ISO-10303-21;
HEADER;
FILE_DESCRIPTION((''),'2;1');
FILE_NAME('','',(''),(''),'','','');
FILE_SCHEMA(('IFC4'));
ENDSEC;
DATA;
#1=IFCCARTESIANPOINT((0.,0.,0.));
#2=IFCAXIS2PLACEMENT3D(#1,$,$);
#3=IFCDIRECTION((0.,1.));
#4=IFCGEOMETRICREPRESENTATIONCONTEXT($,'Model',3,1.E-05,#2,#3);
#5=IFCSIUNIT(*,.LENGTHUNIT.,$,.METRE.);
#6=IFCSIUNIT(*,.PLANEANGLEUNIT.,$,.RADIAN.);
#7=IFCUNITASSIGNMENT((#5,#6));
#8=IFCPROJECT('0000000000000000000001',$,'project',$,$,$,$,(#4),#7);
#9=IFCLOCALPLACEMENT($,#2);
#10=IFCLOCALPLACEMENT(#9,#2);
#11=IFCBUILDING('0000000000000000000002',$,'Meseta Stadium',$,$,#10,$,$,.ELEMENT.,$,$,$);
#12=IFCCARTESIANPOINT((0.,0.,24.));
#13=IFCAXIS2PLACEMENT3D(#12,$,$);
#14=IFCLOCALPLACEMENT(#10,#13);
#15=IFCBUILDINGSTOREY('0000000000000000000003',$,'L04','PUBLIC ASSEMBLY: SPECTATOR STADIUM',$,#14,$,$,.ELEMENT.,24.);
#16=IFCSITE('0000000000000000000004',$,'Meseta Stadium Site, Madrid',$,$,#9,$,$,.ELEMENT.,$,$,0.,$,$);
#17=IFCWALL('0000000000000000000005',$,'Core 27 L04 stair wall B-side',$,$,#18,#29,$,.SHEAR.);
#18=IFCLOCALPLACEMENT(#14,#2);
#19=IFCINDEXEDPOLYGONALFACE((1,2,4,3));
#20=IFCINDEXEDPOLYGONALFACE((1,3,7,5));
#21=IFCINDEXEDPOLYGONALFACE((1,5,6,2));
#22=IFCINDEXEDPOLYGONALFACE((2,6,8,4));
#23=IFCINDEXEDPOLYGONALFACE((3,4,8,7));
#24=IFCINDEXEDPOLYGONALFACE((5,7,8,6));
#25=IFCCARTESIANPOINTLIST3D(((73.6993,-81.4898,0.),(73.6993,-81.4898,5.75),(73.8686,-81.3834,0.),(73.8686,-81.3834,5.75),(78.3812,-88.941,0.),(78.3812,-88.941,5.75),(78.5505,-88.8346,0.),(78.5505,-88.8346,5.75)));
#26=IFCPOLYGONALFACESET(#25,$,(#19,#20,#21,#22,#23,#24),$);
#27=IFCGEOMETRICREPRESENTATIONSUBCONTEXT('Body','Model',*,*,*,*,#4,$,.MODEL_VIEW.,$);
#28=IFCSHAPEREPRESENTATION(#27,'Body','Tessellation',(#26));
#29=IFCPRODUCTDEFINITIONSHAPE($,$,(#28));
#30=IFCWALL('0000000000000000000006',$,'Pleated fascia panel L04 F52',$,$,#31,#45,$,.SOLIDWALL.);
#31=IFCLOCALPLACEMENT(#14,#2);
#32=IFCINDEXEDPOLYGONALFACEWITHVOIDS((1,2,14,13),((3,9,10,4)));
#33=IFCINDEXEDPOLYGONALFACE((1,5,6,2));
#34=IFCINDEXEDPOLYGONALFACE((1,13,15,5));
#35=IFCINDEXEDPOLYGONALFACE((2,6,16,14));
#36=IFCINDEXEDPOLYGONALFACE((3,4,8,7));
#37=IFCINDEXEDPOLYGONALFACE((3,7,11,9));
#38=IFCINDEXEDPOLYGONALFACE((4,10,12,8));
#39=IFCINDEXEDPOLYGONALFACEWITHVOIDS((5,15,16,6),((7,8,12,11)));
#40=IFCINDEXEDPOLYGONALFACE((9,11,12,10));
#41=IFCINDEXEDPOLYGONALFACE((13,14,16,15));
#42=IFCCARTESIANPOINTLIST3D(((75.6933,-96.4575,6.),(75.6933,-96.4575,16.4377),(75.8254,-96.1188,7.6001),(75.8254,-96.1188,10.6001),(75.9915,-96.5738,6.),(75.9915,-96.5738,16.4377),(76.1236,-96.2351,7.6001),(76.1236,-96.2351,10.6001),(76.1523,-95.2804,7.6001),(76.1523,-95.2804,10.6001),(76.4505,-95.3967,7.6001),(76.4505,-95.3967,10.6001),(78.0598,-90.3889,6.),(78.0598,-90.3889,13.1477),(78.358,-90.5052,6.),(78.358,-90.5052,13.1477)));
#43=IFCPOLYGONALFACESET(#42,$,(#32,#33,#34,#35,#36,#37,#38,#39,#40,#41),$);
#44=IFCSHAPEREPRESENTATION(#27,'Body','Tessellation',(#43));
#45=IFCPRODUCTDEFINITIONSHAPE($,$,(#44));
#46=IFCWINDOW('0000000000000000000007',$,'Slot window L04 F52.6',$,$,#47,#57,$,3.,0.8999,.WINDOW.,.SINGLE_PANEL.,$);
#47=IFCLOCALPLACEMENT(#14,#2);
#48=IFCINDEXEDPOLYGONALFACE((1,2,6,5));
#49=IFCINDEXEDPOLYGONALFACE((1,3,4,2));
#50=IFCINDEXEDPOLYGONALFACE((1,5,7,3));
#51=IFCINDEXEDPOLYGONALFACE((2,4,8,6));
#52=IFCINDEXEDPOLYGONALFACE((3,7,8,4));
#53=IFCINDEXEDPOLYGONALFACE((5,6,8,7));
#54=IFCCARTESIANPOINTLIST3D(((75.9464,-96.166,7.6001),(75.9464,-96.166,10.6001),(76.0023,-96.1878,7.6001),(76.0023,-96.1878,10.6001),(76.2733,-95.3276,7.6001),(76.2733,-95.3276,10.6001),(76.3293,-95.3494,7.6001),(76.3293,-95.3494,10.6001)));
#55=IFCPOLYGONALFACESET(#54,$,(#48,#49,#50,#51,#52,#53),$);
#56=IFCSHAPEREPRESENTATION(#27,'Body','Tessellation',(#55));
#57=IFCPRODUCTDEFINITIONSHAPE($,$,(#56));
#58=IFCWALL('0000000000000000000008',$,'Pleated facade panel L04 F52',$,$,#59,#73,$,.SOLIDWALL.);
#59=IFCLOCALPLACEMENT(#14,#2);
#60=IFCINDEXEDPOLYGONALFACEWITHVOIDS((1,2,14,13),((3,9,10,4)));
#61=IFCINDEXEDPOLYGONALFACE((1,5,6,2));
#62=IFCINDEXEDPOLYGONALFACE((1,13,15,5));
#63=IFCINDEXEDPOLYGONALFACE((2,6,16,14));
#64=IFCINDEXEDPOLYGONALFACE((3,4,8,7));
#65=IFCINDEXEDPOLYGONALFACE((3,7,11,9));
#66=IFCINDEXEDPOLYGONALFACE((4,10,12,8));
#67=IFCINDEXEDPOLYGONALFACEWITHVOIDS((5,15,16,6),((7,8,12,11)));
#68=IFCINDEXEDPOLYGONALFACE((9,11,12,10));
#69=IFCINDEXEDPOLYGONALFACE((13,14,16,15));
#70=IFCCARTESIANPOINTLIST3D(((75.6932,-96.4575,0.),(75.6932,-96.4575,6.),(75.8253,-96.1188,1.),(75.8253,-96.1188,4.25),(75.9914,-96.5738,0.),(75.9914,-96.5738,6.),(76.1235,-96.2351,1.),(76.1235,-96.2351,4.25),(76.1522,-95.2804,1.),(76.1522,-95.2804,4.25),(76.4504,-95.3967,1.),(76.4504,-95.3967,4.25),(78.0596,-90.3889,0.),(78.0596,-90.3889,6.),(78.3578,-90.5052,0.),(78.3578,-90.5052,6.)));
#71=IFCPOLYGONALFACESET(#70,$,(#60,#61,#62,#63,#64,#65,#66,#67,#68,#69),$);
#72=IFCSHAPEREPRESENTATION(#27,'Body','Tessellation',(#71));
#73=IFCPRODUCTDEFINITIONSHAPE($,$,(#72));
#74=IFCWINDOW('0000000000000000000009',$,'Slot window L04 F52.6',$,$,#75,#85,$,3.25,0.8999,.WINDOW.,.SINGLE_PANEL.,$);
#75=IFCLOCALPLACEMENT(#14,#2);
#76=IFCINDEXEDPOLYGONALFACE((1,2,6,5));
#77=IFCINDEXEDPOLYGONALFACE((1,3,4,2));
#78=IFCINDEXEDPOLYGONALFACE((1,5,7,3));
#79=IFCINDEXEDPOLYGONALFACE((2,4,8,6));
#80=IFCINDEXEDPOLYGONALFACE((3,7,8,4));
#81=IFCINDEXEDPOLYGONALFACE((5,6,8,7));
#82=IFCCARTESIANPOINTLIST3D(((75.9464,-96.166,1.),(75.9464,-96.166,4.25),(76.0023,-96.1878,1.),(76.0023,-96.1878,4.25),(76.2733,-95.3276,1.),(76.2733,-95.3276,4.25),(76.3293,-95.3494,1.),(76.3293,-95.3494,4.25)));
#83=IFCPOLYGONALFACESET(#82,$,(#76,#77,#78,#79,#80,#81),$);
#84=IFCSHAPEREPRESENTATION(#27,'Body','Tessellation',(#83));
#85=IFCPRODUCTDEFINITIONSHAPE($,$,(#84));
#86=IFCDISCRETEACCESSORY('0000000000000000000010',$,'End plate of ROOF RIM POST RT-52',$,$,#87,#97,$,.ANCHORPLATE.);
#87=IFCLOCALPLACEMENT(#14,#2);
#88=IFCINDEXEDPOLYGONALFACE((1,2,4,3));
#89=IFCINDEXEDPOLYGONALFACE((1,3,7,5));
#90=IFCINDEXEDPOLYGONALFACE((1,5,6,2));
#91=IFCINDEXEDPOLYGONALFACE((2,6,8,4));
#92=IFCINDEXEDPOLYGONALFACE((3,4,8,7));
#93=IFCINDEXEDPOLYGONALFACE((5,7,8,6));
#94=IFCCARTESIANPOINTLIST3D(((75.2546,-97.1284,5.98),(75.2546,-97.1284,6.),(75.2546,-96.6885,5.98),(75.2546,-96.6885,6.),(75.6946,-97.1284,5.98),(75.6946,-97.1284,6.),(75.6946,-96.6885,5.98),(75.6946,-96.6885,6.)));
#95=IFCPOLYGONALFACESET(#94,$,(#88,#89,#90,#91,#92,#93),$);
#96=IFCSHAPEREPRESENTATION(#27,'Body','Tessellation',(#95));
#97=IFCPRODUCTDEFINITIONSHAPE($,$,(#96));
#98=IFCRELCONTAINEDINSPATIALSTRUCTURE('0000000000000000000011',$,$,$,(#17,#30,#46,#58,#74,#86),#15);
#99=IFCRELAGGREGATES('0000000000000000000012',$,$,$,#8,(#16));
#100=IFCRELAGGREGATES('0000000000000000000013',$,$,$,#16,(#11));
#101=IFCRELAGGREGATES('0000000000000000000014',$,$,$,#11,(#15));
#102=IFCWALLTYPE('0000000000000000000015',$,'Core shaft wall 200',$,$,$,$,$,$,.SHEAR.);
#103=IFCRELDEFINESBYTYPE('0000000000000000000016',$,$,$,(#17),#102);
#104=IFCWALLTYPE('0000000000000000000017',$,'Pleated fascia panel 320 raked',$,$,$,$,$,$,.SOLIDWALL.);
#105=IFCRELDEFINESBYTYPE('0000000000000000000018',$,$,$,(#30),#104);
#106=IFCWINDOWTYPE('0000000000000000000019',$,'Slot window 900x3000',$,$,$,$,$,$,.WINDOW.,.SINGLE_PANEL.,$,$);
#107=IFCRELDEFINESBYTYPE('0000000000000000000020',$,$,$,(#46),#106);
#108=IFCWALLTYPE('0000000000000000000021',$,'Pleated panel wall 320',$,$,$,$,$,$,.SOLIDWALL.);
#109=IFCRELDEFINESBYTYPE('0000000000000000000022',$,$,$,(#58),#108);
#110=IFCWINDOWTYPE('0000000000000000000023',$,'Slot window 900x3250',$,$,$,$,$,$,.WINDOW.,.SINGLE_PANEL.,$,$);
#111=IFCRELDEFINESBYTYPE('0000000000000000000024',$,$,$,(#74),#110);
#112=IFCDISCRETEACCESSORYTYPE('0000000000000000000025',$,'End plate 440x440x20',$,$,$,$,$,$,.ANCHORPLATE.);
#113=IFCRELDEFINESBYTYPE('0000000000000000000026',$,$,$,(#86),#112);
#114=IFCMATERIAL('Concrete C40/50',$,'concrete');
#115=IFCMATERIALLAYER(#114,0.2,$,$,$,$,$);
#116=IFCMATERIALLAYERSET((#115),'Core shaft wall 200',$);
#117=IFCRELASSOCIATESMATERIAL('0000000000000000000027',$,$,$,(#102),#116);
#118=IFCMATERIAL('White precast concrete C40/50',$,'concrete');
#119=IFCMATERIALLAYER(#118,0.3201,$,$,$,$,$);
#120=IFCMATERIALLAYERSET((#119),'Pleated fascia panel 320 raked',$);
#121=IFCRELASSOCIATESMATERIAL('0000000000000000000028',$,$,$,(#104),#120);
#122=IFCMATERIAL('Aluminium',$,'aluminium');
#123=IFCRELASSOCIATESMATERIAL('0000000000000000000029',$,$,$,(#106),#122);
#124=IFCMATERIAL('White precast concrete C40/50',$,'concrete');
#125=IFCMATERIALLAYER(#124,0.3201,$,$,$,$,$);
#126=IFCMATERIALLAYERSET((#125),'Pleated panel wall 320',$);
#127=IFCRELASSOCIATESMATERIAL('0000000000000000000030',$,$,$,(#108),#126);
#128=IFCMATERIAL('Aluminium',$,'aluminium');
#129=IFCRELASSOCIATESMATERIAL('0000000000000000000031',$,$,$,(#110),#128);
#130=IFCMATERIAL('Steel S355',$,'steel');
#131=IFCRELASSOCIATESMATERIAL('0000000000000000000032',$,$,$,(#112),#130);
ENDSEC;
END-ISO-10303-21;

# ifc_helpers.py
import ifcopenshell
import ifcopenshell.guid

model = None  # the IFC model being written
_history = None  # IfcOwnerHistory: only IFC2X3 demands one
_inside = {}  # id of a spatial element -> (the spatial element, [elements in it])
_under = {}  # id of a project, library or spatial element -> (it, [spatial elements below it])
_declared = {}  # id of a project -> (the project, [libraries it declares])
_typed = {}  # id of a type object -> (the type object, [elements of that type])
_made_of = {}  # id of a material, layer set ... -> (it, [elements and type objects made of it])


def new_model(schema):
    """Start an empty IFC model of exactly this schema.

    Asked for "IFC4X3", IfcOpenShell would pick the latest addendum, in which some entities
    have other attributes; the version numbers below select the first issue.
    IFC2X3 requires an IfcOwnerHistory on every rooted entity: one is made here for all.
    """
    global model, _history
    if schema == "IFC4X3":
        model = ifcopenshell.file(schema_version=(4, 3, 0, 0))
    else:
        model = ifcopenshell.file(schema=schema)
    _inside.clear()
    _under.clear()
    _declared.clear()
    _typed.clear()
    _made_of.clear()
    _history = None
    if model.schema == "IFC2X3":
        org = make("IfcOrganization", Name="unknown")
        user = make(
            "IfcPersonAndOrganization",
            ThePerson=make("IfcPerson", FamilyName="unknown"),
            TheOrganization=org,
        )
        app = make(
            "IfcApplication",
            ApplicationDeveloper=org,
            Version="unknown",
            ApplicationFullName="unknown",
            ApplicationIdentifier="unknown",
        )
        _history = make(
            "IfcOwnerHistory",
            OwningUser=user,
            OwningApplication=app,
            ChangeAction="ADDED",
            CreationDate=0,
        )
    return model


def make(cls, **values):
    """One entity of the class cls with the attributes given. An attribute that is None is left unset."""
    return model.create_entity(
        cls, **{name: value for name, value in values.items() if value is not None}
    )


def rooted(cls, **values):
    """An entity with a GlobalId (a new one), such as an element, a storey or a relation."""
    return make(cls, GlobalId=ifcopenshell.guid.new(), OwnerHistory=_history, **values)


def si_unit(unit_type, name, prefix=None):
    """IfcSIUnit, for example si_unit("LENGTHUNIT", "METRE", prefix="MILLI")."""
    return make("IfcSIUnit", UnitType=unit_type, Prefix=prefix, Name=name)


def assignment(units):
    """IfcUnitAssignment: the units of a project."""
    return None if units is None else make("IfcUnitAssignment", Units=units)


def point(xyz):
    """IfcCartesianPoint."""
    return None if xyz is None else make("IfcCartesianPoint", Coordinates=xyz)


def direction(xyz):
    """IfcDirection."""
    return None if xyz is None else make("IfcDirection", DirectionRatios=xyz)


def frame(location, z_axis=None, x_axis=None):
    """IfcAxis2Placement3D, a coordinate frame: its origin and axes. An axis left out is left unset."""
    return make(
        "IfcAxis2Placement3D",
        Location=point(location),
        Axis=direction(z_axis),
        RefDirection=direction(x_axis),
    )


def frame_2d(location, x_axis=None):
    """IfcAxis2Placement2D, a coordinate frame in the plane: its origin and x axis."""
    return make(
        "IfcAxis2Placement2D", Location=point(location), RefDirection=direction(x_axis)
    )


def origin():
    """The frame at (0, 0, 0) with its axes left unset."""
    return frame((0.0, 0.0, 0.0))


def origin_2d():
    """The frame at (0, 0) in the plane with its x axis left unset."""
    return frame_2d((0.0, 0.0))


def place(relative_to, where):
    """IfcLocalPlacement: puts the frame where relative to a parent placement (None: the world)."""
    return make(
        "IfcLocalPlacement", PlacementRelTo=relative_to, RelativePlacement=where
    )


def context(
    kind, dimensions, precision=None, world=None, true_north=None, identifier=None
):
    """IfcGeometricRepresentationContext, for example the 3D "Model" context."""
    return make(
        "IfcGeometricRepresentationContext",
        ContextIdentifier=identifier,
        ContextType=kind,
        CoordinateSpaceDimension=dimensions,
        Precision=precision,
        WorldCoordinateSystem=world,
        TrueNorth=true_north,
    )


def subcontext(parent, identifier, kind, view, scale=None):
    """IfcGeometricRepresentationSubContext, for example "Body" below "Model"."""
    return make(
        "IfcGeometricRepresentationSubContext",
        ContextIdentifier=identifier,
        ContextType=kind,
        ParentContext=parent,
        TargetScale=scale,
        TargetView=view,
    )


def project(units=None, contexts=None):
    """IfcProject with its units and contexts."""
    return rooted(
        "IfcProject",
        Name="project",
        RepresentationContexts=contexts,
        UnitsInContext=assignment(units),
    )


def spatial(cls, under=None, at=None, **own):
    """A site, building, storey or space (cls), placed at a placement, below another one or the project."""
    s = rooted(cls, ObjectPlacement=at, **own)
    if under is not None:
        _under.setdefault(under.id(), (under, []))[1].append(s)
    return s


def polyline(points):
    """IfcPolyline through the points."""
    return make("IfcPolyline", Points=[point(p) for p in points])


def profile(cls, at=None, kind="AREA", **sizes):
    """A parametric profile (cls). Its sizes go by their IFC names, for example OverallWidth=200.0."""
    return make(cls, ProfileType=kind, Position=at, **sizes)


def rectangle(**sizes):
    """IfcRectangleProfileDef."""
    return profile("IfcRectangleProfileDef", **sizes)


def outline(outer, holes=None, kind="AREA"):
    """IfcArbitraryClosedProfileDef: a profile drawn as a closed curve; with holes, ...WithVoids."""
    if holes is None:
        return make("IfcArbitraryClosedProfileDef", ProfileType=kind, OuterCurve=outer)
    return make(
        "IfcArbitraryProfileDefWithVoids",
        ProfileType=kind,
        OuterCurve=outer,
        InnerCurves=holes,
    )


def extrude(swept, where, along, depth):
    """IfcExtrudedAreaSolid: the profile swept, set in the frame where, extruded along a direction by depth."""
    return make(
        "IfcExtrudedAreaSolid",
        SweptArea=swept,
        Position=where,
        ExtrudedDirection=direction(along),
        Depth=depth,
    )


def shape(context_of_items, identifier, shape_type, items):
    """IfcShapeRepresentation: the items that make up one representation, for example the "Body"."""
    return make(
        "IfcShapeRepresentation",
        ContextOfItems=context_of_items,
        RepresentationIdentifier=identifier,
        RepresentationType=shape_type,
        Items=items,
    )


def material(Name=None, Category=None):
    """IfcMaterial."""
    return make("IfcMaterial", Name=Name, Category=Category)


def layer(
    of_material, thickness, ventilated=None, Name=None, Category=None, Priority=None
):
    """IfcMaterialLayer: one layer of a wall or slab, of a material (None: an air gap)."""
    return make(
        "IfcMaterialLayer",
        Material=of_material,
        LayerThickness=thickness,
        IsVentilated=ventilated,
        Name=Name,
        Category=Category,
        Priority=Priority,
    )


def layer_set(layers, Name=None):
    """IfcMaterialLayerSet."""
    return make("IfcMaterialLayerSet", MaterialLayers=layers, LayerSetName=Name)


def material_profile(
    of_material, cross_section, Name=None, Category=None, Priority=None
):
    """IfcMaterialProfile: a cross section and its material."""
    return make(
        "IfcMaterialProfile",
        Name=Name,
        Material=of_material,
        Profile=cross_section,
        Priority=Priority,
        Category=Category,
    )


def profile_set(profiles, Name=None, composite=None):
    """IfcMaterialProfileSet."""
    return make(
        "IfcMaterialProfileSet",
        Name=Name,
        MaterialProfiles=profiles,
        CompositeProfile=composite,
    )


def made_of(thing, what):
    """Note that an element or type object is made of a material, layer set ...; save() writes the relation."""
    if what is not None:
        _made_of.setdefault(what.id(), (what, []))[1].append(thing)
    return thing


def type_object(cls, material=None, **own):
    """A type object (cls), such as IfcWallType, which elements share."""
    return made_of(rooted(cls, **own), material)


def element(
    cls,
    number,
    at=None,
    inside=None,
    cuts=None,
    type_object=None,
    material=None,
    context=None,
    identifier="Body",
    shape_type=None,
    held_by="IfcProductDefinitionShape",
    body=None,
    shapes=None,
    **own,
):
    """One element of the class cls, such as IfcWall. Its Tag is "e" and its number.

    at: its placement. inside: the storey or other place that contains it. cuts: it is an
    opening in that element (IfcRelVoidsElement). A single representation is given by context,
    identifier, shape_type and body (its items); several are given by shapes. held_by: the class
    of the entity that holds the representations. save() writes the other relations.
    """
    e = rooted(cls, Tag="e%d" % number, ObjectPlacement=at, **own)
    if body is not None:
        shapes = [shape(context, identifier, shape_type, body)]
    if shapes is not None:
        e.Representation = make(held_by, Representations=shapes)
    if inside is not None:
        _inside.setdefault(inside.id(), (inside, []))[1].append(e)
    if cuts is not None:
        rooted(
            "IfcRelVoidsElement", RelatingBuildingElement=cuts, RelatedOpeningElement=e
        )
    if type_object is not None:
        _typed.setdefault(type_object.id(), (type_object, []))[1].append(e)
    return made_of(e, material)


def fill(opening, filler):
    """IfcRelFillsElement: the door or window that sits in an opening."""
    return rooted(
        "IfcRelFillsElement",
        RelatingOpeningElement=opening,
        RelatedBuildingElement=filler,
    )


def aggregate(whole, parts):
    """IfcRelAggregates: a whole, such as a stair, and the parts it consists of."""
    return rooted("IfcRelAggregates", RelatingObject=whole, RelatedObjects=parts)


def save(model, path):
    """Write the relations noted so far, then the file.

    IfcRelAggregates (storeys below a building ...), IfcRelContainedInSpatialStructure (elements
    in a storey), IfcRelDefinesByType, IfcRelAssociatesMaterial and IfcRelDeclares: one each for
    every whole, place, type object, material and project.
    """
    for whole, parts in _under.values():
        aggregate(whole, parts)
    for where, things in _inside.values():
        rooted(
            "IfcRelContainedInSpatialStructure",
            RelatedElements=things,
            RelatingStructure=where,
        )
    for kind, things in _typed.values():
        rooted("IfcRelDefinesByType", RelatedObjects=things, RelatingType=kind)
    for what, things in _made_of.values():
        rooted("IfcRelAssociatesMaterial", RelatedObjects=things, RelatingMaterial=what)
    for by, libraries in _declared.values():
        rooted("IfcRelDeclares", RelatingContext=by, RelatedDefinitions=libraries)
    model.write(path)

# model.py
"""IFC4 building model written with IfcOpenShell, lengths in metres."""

from ifc_helpers import new_model, si_unit, direction, frame, frame_2d, origin, origin_2d, place, context, subcontext, project, spatial, polyline, rectangle, outline, extrude, material, layer, layer_set, material_profile, profile_set, type_object, element, fill, save


model = new_model("IFC4")

# Units and contexts
model_context = context("Model", 3, precision=1e-05, world=origin(), true_north=direction((0.0, 1.0)))
body_context = subcontext(model_context, "Body", "Model", "MODEL_VIEW")
ifc_project = project(units=[si_unit("LENGTHUNIT", "METRE"), si_unit("PLANEANGLEUNIT", "RADIAN")], contexts=[model_context])

# Site, building, storey
site_placement = place(None, origin())
site = spatial("IfcSite", under=ifc_project, at=site_placement, Name="Meseta Stadium Site, Madrid", CompositionType="ELEMENT", RefElevation=0.0)
building_placement = place(site_placement, origin())
building = spatial("IfcBuilding", under=site, at=building_placement, Name="Meseta Stadium", CompositionType="ELEMENT")
storey_placement = place(building_placement, frame((0.0, 0.0, 24.0)))
storey = spatial("IfcBuildingStorey", under=building, at=storey_placement, Name="L04", Description="PUBLIC ASSEMBLY: SPECTATOR STADIUM", CompositionType="ELEMENT", Elevation=24.0)

# Wall
ifc_material_1 = material(Name="Concrete C40/50", Category="concrete")
ifc_layer_1 = layer(ifc_material_1, 0.2)
ifc_layer_set_1 = layer_set([ifc_layer_1], Name="Core shaft wall 200")
wall_type_1 = type_object("IfcWallType", Name="Core shaft wall 200", PredefinedType="SHEAR", material=ifc_layer_set_1)
wall_1_placement = place(storey_placement, frame((78.4658, -88.8877, 0.0), z_axis=(0.0, 0.0, 1.0), x_axis=(-0.532032, 0.846724, 0.0)))
element("IfcWall", 1, at=wall_1_placement, inside=storey, type_object=wall_type_1, Name="Core 27 L04 stair wall B-side", PredefinedType="SHEAR", context=body_context, shape_type="SweptSolid", body=[
    extrude(rectangle(XDim=8.8, YDim=0.2, at=frame_2d((4.3999, 0.0))), origin(), (0.0, 0.0, 1.0), 5.75),
])

# Walls, openings, windows
ifc_material_2 = material(Name="White precast concrete C40/50", Category="concrete")
ifc_layer_2 = layer(ifc_material_2, 0.3201)
ifc_layer_set_2 = layer_set([ifc_layer_2], Name="Pleated fascia panel 320 raked")
wall_type_2 = type_object("IfcWallType", Name="Pleated fascia panel 320 raked", PredefinedType="SOLIDWALL", material=ifc_layer_set_2)
wall_2_placement = place(storey_placement, frame((78.2087, -90.447, 6.0), z_axis=(0.0, 0.0, 1.0), x_axis=(-0.363305, -0.93167, 0.0)))
wall_2 = element("IfcWall", 2, at=wall_2_placement, inside=storey, type_object=wall_type_2, Name="Pleated fascia panel L04 F52", PredefinedType="SOLIDWALL", context=body_context, shape_type="SweptSolid", body=[
    extrude(outline(polyline([(0.0, 0.0), (6.5137, 0.0), (6.5137, 10.4377), (0.0, 7.1477), (0.0, 0.0)])), frame((0.0, 0.1602, 0.0), z_axis=(0.0, -1.0, 0.0), x_axis=(1.0, 0.0, 0.0)), (0.0, 0.0, 1.0), 0.3201),
])
opening_1_placement = place(wall_2_placement, frame((5.2502, 0.0, 1.6001)))
opening_1 = element("IfcOpeningElement", 3, at=opening_1_placement, cuts=wall_2, PredefinedType="OPENING", context=body_context, shape_type="SweptSolid", body=[
    extrude(rectangle(XDim=0.8999, YDim=3.0, at=frame_2d((0.45, 1.5))), frame((0.0, 0.1699, 0.0), z_axis=(0.0, -1.0, 0.0), x_axis=(1.0, 0.0, 0.0)), (0.0, 0.0, 1.0), 0.3401),
])
ifc_material_3 = material(Name="Aluminium", Category="aluminium")
window_type_1 = type_object("IfcWindowType", Name="Slot window 900x3000", PartitioningType="SINGLE_PANEL", PredefinedType="WINDOW", material=ifc_material_3)
window_1_placement = place(opening_1_placement, origin())
window_1 = element("IfcWindow", 4, at=window_1_placement, inside=storey, type_object=window_type_1, Name="Slot window L04 F52.6", OverallHeight=3.0, OverallWidth=0.8999, PartitioningType="SINGLE_PANEL", PredefinedType="WINDOW", context=body_context, shape_type="SweptSolid", body=[
    extrude(rectangle(XDim=0.8999, YDim=3.0, at=frame_2d((0.45, 1.5))), frame((0.0, 0.03, 0.0), z_axis=(0.0, -1.0, 0.0), x_axis=(1.0, 0.0, 0.0)), (0.0, 0.0, 1.0), 0.0601),
])
fill(opening_1, window_1)
ifc_material_4 = material(Name="White precast concrete C40/50", Category="concrete")
ifc_layer_3 = layer(ifc_material_4, 0.3201)
ifc_layer_set_3 = layer_set([ifc_layer_3], Name="Pleated panel wall 320")
wall_type_3 = type_object("IfcWallType", Name="Pleated panel wall 320", PredefinedType="SOLIDWALL", material=ifc_layer_set_3)
wall_3_placement = place(storey_placement, frame((78.2087, -90.447, 0.0), z_axis=(0.0, 0.0, 1.0), x_axis=(-0.363305, -0.93167, 0.0)))
wall_3 = element("IfcWall", 5, at=wall_3_placement, inside=storey, type_object=wall_type_3, Name="Pleated facade panel L04 F52", PredefinedType="SOLIDWALL", context=body_context, shape_type="SweptSolid", body=[
    extrude(rectangle(XDim=6.5137, YDim=0.3201, at=frame_2d((3.2568, 0.0))), origin(), (0.0, 0.0, 1.0), 6.0),
])
opening_2_placement = place(wall_3_placement, frame((5.2502, 0.0, 1.0)))
opening_2 = element("IfcOpeningElement", 6, at=opening_2_placement, cuts=wall_3, PredefinedType="OPENING", context=body_context, shape_type="SweptSolid", body=[
    extrude(rectangle(XDim=0.8999, YDim=3.25, at=frame_2d((0.45, 1.625))), frame((0.0, 0.1699, 0.0), z_axis=(0.0, -1.0, 0.0), x_axis=(1.0, 0.0, 0.0)), (0.0, 0.0, 1.0), 0.3401),
])
ifc_material_5 = material(Name="Aluminium", Category="aluminium")
window_type_2 = type_object("IfcWindowType", Name="Slot window 900x3250", PartitioningType="SINGLE_PANEL", PredefinedType="WINDOW", material=ifc_material_5)
window_2_placement = place(opening_2_placement, origin())
window_2 = element("IfcWindow", 7, at=window_2_placement, inside=storey, type_object=window_type_2, Name="Slot window L04 F52.6", OverallHeight=3.25, OverallWidth=0.8999, PartitioningType="SINGLE_PANEL", PredefinedType="WINDOW", context=body_context, shape_type="SweptSolid", body=[
    extrude(rectangle(XDim=0.8999, YDim=3.25, at=frame_2d((0.45, 1.625))), frame((0.0, 0.03, 0.0), z_axis=(0.0, -1.0, 0.0), x_axis=(1.0, 0.0, 0.0)), (0.0, 0.0, 1.0), 0.0601),
])
fill(opening_2, window_2)

# Discrete accessory
ifc_material_6 = material(Name="Steel S355", Category="steel")
ifc_material_profile_1 = material_profile(ifc_material_6, rectangle(XDim=0.4399, YDim=0.4399, at=origin_2d()), Name="PL 440x440")
ifc_profile_set_1 = profile_set([ifc_material_profile_1], Name="Steel S355")
discrete_accessory_type = type_object("IfcDiscreteAccessoryType", Name="End plate 440x440x20", PredefinedType="ANCHORPLATE", material=ifc_profile_set_1)
discrete_accessory_placement = place(storey_placement, frame((75.4746, -96.9084, 5.98), z_axis=(0.0, 0.0, 1.0), x_axis=(1.0, 0.0, 0.0)))
element("IfcDiscreteAccessory", 8, at=discrete_accessory_placement, inside=storey, type_object=discrete_accessory_type, Name="End plate of ROOF RIM POST RT-52", PredefinedType="ANCHORPLATE", context=body_context, shape_type="SweptSolid", body=[
    extrude(rectangle(XDim=0.4399, YDim=0.4399, at=origin_2d()), origin(), (0.0, 0.0, 1.0), 0.02),
])

save(model, "model.ifc")
